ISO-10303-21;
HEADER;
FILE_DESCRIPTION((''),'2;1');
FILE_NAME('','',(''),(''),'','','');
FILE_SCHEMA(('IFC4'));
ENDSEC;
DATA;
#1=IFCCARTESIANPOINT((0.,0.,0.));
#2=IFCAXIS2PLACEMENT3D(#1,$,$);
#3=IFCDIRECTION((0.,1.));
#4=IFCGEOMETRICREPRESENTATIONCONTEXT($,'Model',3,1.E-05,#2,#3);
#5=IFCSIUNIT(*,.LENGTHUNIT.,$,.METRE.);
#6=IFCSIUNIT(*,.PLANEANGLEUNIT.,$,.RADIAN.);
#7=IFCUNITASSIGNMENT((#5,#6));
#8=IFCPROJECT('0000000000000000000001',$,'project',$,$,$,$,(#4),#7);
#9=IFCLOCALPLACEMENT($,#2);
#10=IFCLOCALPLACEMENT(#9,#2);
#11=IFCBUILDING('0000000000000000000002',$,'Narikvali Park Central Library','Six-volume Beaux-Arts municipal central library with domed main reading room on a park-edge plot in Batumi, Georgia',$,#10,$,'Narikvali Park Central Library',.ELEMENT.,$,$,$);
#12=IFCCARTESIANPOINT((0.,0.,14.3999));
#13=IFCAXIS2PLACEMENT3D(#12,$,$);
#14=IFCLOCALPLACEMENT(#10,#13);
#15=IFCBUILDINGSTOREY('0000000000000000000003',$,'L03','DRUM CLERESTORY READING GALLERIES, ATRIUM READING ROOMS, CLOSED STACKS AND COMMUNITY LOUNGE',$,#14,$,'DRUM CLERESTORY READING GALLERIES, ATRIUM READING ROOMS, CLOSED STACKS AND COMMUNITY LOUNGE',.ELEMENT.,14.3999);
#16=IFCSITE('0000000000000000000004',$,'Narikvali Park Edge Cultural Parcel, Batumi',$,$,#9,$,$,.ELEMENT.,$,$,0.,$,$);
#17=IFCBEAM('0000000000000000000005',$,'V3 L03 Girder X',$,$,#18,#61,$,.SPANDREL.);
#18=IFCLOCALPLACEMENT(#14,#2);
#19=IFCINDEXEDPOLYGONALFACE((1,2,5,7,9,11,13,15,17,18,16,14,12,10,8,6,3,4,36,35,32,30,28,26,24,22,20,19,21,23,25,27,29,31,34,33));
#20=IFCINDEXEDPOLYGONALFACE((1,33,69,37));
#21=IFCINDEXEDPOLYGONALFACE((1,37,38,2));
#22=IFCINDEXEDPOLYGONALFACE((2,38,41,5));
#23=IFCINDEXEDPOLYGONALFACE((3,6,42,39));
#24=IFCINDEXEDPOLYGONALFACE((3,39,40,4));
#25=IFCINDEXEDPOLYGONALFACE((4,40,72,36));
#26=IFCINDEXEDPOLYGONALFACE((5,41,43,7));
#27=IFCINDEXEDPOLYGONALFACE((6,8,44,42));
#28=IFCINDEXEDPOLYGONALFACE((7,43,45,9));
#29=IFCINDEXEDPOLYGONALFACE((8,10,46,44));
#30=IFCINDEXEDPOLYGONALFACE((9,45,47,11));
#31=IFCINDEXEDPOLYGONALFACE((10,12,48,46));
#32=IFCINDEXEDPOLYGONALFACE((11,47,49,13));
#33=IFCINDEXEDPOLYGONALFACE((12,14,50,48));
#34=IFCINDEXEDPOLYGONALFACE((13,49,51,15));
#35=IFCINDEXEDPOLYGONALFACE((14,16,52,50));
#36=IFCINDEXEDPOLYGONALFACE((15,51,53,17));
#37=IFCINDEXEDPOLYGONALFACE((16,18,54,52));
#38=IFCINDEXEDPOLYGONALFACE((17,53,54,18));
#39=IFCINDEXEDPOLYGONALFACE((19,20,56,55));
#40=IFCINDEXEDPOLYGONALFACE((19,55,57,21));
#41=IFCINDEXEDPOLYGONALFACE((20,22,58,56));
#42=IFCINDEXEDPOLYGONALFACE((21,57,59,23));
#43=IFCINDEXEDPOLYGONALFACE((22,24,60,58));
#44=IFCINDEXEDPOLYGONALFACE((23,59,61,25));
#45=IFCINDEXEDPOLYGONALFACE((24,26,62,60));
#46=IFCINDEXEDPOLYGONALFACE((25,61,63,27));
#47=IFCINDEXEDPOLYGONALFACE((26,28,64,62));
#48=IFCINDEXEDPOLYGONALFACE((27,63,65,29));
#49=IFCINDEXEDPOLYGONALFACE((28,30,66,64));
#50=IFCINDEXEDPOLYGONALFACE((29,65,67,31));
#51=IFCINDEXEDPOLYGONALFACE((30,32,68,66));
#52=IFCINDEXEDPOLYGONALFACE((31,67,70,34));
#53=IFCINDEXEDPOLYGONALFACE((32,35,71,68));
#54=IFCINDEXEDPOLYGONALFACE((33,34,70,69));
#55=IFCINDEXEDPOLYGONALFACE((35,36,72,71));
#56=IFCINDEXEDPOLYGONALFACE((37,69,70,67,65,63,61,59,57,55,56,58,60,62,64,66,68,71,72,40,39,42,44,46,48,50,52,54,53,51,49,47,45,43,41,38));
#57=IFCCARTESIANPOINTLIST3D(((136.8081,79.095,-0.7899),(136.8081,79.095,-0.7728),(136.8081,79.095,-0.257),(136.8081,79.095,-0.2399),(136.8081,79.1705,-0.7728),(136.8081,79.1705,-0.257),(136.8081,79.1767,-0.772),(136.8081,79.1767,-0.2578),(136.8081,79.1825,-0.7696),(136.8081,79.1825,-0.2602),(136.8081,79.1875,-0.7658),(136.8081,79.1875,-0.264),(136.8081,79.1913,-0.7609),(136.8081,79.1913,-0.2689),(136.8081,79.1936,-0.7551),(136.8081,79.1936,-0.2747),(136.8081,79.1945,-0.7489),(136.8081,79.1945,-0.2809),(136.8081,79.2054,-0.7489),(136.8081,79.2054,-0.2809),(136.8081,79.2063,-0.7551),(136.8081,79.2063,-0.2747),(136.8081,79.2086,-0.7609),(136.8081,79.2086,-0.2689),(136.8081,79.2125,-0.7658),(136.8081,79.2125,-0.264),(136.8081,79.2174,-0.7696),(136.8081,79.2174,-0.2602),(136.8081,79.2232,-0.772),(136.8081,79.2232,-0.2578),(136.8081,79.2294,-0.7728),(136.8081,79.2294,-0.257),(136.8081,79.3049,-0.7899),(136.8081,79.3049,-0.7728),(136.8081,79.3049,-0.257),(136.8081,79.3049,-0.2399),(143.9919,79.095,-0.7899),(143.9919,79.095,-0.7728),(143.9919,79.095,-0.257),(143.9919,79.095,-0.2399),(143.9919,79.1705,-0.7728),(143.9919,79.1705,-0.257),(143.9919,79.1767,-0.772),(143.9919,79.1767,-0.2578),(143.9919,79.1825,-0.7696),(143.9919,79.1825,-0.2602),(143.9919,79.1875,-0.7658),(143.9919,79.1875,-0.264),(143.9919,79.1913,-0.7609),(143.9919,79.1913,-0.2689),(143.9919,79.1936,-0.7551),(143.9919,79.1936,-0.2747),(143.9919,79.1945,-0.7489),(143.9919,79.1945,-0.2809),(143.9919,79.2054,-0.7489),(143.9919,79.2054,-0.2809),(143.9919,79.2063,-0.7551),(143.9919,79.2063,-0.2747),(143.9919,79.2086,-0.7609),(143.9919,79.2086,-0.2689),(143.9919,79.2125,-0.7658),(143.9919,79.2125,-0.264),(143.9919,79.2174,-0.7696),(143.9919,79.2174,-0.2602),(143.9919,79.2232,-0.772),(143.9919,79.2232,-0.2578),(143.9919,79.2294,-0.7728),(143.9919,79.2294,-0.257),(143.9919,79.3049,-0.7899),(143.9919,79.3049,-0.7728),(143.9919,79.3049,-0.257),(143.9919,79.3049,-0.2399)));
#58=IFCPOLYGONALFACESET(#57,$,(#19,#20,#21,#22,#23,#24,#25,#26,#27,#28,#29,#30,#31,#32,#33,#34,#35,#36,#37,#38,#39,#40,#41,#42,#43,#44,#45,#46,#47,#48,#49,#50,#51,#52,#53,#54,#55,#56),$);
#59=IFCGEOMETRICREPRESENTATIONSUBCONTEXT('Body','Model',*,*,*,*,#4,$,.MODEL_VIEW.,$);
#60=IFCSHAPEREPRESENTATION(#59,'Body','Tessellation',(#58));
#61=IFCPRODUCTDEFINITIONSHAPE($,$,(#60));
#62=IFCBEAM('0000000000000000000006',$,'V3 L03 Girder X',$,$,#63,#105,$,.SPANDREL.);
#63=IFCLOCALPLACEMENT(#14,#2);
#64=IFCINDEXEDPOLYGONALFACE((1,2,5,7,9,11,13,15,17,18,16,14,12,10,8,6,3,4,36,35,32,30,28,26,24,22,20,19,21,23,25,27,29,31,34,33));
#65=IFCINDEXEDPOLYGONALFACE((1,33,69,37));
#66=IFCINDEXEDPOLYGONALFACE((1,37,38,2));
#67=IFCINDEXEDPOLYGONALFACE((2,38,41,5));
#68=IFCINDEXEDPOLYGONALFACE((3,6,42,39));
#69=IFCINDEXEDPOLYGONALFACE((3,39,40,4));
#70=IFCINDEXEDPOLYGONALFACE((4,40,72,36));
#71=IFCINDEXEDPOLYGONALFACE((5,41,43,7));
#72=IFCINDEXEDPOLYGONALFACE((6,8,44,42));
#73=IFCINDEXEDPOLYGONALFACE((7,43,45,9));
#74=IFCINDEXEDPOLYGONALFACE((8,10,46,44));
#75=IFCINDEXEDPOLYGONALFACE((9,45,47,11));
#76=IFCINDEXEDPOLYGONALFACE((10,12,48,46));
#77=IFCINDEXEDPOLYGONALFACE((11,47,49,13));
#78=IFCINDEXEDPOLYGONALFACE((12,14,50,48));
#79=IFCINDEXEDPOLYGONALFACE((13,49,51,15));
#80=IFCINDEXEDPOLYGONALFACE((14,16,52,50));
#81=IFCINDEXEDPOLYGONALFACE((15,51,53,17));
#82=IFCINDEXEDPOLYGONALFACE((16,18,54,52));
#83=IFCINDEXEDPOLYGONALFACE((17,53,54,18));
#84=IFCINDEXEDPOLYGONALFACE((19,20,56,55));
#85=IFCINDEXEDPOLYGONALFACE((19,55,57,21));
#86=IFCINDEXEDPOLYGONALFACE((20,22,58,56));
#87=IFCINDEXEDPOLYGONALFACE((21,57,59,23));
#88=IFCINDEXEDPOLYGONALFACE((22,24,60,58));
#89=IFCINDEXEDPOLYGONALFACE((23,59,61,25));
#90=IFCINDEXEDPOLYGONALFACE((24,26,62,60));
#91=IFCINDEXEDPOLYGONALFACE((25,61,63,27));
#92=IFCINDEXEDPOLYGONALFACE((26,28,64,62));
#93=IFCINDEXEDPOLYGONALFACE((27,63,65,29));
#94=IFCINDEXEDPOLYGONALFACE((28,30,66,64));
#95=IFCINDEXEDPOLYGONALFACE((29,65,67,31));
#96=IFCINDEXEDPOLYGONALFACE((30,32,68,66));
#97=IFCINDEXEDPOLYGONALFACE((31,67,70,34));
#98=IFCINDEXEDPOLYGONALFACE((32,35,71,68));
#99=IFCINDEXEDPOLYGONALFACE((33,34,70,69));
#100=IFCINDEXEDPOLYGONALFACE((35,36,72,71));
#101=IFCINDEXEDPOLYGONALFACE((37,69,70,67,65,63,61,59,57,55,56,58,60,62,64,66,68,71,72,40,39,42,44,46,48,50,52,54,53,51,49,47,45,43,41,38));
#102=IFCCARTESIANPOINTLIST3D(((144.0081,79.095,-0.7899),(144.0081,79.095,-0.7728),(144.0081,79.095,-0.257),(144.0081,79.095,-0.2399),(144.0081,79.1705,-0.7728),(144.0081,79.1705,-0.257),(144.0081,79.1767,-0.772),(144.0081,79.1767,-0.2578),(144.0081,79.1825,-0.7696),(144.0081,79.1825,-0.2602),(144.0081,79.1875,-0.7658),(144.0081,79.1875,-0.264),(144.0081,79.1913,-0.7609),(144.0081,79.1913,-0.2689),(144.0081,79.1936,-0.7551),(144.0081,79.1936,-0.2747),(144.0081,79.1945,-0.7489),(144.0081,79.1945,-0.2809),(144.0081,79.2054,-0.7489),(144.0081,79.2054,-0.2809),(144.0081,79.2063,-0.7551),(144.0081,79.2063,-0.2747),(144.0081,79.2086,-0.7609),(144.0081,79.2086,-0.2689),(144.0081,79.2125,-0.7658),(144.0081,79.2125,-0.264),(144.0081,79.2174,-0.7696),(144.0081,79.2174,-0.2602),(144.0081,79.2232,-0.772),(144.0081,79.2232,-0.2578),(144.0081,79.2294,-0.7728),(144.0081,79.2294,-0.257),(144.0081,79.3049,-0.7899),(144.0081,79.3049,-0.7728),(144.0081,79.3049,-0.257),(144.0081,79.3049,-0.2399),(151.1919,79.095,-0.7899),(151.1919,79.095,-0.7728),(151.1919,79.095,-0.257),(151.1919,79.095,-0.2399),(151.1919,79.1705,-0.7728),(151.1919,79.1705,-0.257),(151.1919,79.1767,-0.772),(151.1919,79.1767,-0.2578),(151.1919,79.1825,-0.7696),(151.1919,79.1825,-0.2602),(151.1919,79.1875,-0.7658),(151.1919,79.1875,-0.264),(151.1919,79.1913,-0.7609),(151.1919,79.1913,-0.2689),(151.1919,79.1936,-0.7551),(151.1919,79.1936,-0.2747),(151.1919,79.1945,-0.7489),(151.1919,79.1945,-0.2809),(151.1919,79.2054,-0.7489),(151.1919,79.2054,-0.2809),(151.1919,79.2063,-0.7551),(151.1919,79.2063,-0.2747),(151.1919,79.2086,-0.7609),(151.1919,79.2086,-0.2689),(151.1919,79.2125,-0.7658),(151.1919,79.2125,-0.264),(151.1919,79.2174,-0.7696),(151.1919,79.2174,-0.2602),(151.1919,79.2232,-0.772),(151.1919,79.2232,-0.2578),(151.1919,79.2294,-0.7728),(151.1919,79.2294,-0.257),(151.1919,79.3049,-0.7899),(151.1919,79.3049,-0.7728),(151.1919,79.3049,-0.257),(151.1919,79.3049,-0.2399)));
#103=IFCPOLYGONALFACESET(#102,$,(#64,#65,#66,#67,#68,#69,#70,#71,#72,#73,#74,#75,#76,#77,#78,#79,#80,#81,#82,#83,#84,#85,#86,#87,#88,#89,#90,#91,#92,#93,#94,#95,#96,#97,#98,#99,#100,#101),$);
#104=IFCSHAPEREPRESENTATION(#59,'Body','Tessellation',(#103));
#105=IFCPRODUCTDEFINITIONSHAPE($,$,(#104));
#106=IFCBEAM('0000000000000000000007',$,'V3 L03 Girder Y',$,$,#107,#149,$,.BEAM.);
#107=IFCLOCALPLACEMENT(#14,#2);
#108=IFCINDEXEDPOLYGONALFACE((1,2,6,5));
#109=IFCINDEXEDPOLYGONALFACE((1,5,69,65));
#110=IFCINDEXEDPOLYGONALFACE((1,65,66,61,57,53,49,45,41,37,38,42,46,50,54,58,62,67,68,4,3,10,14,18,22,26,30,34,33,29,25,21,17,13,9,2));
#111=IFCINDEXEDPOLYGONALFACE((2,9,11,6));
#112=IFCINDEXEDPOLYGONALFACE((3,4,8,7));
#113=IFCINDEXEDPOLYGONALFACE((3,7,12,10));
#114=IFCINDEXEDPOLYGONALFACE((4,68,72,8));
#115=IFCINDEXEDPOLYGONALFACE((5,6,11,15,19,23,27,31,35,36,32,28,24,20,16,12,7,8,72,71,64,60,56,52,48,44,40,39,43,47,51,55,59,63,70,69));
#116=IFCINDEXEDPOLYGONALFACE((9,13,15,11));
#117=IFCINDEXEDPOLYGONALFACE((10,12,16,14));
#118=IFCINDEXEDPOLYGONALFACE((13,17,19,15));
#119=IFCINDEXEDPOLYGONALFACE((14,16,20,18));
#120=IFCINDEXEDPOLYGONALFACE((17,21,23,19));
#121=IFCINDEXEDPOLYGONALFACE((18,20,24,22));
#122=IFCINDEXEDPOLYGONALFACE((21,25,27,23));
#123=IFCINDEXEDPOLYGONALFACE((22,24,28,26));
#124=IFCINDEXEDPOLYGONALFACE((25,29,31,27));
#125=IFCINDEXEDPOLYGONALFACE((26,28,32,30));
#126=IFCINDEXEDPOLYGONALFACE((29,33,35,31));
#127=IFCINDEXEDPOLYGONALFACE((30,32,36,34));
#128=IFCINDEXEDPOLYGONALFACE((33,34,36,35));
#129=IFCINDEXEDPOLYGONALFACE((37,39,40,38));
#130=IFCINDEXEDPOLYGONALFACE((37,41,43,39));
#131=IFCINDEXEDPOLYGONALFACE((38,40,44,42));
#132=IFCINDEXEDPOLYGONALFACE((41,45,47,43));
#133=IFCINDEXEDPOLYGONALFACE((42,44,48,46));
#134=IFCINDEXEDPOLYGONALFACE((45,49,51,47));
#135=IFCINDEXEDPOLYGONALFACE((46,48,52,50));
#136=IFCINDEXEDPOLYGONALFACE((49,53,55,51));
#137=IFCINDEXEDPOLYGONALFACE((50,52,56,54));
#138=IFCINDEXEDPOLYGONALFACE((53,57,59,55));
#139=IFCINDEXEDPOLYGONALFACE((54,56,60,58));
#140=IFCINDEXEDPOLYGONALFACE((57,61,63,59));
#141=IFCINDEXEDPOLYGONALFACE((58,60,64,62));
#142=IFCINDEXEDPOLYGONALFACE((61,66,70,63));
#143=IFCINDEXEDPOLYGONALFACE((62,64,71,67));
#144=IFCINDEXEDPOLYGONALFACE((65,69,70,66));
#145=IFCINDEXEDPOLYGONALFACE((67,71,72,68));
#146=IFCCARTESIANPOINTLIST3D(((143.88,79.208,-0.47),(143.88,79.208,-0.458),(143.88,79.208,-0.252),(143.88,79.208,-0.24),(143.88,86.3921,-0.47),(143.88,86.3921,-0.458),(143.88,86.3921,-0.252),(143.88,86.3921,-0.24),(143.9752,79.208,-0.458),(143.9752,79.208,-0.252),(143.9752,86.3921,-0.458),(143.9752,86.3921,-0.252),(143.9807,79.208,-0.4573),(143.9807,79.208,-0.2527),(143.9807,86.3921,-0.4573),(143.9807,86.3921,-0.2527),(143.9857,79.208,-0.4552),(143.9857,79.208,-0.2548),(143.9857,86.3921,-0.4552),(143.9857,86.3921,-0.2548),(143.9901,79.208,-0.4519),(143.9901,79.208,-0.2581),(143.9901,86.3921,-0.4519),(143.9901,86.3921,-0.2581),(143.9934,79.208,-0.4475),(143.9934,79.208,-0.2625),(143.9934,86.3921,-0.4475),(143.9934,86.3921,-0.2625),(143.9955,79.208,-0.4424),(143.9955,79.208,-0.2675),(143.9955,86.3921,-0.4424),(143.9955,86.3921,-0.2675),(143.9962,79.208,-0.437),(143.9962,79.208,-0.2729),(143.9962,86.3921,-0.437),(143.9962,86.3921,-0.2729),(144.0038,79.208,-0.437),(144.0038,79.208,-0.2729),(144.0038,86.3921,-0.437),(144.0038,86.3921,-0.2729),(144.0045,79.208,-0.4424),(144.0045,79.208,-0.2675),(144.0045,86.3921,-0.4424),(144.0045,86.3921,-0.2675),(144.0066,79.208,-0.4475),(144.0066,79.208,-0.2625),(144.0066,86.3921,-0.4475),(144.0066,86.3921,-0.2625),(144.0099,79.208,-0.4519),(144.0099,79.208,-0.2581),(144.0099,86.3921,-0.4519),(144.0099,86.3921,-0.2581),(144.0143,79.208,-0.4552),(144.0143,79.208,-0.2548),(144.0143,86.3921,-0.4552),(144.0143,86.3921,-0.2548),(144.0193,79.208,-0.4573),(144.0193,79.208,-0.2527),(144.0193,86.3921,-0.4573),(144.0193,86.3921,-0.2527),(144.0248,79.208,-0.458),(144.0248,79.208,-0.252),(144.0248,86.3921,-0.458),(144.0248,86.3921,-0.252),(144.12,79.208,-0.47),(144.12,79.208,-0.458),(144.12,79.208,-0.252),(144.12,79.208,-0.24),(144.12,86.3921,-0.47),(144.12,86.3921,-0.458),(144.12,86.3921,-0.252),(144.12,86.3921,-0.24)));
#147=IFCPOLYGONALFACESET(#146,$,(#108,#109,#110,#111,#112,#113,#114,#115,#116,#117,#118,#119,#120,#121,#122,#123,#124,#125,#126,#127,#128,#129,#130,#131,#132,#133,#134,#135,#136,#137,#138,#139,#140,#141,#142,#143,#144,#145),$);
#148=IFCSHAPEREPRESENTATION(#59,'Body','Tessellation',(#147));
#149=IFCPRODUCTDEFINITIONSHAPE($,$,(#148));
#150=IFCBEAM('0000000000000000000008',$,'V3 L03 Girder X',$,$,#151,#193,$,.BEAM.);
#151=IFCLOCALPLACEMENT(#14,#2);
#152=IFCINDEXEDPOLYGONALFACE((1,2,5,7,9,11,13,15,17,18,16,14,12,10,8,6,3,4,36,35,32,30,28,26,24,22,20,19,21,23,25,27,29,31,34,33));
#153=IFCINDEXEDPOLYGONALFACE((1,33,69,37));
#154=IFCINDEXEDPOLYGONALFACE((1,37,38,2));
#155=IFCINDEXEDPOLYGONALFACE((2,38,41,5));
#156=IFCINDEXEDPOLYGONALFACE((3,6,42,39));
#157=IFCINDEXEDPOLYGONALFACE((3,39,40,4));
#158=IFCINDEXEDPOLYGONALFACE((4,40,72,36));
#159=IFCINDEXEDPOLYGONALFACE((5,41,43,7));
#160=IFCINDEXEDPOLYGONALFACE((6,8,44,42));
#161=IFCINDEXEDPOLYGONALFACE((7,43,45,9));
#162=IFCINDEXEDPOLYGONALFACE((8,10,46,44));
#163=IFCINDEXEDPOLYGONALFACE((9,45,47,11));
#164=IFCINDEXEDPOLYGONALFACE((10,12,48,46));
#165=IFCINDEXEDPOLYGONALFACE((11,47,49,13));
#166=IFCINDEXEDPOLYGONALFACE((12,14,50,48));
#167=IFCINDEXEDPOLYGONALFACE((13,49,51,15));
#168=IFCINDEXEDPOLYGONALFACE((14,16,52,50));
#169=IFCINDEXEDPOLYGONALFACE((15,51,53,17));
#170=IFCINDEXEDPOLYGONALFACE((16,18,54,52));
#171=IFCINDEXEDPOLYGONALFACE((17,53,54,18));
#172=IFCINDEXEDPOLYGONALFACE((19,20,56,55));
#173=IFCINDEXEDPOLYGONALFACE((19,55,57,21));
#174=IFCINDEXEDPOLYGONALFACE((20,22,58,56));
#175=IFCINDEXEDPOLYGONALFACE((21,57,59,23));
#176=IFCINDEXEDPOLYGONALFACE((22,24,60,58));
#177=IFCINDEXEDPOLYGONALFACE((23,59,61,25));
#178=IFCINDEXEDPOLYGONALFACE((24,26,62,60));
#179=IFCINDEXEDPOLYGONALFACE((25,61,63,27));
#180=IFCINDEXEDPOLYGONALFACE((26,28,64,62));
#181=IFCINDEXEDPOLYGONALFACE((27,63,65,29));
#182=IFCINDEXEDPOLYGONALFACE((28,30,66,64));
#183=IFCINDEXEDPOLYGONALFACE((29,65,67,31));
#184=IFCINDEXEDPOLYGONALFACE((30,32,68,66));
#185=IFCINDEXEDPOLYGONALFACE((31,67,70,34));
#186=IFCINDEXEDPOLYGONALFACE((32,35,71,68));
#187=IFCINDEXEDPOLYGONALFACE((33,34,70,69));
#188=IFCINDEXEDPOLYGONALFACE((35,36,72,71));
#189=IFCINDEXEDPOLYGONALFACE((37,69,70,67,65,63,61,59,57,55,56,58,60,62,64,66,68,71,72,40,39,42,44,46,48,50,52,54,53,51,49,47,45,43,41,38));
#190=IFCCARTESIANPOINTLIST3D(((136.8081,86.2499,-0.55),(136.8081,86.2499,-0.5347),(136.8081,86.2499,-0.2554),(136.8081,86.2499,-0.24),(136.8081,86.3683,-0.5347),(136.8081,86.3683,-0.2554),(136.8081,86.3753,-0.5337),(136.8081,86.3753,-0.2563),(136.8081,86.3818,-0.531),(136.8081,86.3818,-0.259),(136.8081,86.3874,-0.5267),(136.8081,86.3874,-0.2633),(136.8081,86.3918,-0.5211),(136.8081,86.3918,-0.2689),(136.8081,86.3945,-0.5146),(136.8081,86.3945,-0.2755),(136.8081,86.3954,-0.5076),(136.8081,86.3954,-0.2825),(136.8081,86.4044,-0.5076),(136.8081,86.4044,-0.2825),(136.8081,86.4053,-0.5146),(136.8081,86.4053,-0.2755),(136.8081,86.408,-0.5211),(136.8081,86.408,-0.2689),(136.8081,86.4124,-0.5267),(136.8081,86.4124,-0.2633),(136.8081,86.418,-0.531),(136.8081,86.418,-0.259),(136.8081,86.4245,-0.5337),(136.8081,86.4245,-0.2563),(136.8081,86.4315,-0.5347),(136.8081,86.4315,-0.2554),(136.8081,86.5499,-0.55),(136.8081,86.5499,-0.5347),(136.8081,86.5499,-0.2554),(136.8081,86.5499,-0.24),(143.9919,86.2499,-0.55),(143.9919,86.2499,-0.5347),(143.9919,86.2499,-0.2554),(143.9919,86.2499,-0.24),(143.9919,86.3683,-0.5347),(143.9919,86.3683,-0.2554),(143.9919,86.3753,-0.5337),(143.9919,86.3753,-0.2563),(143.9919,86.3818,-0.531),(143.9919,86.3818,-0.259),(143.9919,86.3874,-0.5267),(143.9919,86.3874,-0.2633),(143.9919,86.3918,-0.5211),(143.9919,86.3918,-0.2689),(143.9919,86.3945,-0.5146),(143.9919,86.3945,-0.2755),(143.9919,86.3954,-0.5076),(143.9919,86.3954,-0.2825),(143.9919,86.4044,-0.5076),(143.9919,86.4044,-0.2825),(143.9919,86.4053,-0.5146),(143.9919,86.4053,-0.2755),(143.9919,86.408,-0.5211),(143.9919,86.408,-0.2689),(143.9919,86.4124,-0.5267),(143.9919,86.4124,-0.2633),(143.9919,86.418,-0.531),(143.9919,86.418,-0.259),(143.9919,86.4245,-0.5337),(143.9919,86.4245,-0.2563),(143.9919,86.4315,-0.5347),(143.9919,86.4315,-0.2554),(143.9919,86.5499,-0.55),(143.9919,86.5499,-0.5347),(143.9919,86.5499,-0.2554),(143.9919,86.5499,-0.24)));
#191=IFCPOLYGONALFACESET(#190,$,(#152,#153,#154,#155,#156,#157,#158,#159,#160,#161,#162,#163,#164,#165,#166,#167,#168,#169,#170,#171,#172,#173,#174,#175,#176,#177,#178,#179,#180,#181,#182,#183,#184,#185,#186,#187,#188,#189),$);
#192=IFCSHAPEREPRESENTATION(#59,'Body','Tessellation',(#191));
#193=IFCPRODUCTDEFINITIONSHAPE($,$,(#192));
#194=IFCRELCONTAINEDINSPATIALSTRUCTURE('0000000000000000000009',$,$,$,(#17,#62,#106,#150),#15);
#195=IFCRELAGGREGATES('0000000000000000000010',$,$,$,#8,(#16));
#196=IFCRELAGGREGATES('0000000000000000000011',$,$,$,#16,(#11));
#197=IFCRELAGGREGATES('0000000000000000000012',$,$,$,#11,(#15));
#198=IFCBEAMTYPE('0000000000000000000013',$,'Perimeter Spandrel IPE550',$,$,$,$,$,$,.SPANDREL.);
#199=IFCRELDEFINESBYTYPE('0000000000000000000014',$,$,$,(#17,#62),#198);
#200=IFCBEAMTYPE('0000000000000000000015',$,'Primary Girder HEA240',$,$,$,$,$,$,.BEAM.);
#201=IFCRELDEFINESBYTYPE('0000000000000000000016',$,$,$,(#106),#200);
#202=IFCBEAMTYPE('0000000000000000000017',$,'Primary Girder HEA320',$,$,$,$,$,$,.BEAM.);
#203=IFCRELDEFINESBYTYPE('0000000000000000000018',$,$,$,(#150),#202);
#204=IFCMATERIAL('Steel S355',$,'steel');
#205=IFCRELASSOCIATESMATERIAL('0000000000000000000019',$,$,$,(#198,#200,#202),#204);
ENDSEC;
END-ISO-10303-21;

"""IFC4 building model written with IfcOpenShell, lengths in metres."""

from ifc_helpers import new_model, si_unit, direction, frame, origin, origin_2d, place, context, subcontext, project, spatial, i_section, extrude, material, material_profile, profile_set, type_object, element, save


model = new_model("IFC4")

# Units and contexts
model_context = context("Model", 3, precision=1e-05, world=origin(), true_north=direction((0.0, 1.0)))
body_context = subcontext(model_context, "Body", "Model", "MODEL_VIEW")
ifc_project = project(units=[si_unit("LENGTHUNIT", "METRE"), si_unit("PLANEANGLEUNIT", "RADIAN")], contexts=[model_context])

# Site, building, storey
site_placement = place(None, origin())
site = spatial("IfcSite", under=ifc_project, at=site_placement, Name="Narikvali Park Edge Cultural Parcel, Batumi", CompositionType="ELEMENT", RefElevation=0.0)
building_placement = place(site_placement, origin())
building = spatial("IfcBuilding", under=site, at=building_placement, Name="Narikvali Park Central Library", Description="Six-volume Beaux-Arts municipal central library with domed main reading room on a park-edge plot in Batumi, Georgia", LongName="Narikvali Park Central Library", CompositionType="ELEMENT")
storey_placement = place(building_placement, frame((0.0, 0.0, 14.3999)))
storey = spatial("IfcBuildingStorey", under=building, at=storey_placement, Name="L03", Description="DRUM CLERESTORY READING GALLERIES, ATRIUM READING ROOMS, CLOSED STACKS AND COMMUNITY LOUNGE", LongName="DRUM CLERESTORY READING GALLERIES, ATRIUM READING ROOMS, CLOSED STACKS AND COMMUNITY LOUNGE", CompositionType="ELEMENT", Elevation=14.3999)

# Shared definitions
ifc_material_1 = material(Name="Steel S355", Category="steel")

# Beams
ifc_material_profile_1 = material_profile(ifc_material_1, i_section(OverallWidth=0.21, OverallDepth=0.55, WebThickness=0.011, FlangeThickness=0.0171, FilletRadius=0.0239, at=origin_2d()), Name="IPE 550")
ifc_profile_set_1 = profile_set([ifc_material_profile_1], Name="Steel S355")
beam_type_1 = type_object("IfcBeamType", Name="Perimeter Spandrel IPE550", PredefinedType="SPANDREL", material=ifc_profile_set_1)
for number, where, z_axis, x_axis, name in (
    (1, (136.8081, 79.2, -0.5149), (1.0, 0.0, 0.0), (0.0, 1.0, 0.0), "V3 L03 Girder X"),
    (2, (144.0081, 79.2, -0.5149), (1.0, 0.0, 0.0), (0.0, 1.0, 0.0), "V3 L03 Girder X"),
):
    element("IfcBeam", number, at=place(storey_placement, frame(where, z_axis=z_axis, x_axis=x_axis)), inside=storey, type_object=beam_type_1, Name=name, PredefinedType="SPANDREL", context=body_context, shape_type="SweptSolid", body=[
        extrude(i_section(OverallWidth=0.21, OverallDepth=0.55, WebThickness=0.011, FlangeThickness=0.0171, FilletRadius=0.0239, at=origin_2d()), origin(), (0.0, 0.0, 1.0), 7.1838),
    ])
ifc_material_profile_2 = material_profile(ifc_material_1, i_section(OverallWidth=0.24, OverallDepth=0.23, WebThickness=0.0076, FlangeThickness=0.012, FilletRadius=0.021, at=origin_2d()), Name="HEA 240")
ifc_profile_set_2 = profile_set([ifc_material_profile_2], Name="Steel S355")
beam_type_2 = type_object("IfcBeamType", Name="Primary Girder HEA240", PredefinedType="BEAM", material=ifc_profile_set_2)
beam_placement = place(storey_placement, frame((144.0, 79.208, -0.355), z_axis=(0.0, 1.0, 0.0), x_axis=(-1.0, 0.0, 0.0)))
element("IfcBeam", 3, at=beam_placement, inside=storey, type_object=beam_type_2, Name="V3 L03 Girder Y", PredefinedType="BEAM", context=body_context, shape_type="SweptSolid", body=[
    extrude(i_section(OverallWidth=0.24, OverallDepth=0.23, WebThickness=0.0076, FlangeThickness=0.012, FilletRadius=0.021, at=origin_2d()), origin(), (0.0, 0.0, 1.0), 7.1841),
])
ifc_material_profile_3 = material_profile(ifc_material_1, i_section(OverallWidth=0.3, OverallDepth=0.3101, WebThickness=0.009, FlangeThickness=0.0154, FilletRadius=0.0271, at=origin_2d()), Name="HEA 320")
ifc_profile_set_3 = profile_set([ifc_material_profile_3], Name="Steel S355")
beam_type_3 = type_object("IfcBeamType", Name="Primary Girder HEA320", PredefinedType="BEAM", material=ifc_profile_set_3)
for number, where, z_axis, x_axis, name in (
    (4, (136.8081, 86.3999, -0.395), (1.0, 0.0, 0.0), (0.0, 1.0, 0.0), "V3 L03 Girder X"),
):
    element("IfcBeam", number, at=place(storey_placement, frame(where, z_axis=z_axis, x_axis=x_axis)), inside=storey, type_object=beam_type_3, Name=name, PredefinedType="BEAM", context=body_context, shape_type="SweptSolid", body=[
        extrude(i_section(OverallWidth=0.3, OverallDepth=0.3101, WebThickness=0.009, FlangeThickness=0.0154, FilletRadius=0.0271, at=origin_2d()), origin(), (0.0, 0.0, 1.0), 7.1838),
    ])

save(model, "model.ifc")
